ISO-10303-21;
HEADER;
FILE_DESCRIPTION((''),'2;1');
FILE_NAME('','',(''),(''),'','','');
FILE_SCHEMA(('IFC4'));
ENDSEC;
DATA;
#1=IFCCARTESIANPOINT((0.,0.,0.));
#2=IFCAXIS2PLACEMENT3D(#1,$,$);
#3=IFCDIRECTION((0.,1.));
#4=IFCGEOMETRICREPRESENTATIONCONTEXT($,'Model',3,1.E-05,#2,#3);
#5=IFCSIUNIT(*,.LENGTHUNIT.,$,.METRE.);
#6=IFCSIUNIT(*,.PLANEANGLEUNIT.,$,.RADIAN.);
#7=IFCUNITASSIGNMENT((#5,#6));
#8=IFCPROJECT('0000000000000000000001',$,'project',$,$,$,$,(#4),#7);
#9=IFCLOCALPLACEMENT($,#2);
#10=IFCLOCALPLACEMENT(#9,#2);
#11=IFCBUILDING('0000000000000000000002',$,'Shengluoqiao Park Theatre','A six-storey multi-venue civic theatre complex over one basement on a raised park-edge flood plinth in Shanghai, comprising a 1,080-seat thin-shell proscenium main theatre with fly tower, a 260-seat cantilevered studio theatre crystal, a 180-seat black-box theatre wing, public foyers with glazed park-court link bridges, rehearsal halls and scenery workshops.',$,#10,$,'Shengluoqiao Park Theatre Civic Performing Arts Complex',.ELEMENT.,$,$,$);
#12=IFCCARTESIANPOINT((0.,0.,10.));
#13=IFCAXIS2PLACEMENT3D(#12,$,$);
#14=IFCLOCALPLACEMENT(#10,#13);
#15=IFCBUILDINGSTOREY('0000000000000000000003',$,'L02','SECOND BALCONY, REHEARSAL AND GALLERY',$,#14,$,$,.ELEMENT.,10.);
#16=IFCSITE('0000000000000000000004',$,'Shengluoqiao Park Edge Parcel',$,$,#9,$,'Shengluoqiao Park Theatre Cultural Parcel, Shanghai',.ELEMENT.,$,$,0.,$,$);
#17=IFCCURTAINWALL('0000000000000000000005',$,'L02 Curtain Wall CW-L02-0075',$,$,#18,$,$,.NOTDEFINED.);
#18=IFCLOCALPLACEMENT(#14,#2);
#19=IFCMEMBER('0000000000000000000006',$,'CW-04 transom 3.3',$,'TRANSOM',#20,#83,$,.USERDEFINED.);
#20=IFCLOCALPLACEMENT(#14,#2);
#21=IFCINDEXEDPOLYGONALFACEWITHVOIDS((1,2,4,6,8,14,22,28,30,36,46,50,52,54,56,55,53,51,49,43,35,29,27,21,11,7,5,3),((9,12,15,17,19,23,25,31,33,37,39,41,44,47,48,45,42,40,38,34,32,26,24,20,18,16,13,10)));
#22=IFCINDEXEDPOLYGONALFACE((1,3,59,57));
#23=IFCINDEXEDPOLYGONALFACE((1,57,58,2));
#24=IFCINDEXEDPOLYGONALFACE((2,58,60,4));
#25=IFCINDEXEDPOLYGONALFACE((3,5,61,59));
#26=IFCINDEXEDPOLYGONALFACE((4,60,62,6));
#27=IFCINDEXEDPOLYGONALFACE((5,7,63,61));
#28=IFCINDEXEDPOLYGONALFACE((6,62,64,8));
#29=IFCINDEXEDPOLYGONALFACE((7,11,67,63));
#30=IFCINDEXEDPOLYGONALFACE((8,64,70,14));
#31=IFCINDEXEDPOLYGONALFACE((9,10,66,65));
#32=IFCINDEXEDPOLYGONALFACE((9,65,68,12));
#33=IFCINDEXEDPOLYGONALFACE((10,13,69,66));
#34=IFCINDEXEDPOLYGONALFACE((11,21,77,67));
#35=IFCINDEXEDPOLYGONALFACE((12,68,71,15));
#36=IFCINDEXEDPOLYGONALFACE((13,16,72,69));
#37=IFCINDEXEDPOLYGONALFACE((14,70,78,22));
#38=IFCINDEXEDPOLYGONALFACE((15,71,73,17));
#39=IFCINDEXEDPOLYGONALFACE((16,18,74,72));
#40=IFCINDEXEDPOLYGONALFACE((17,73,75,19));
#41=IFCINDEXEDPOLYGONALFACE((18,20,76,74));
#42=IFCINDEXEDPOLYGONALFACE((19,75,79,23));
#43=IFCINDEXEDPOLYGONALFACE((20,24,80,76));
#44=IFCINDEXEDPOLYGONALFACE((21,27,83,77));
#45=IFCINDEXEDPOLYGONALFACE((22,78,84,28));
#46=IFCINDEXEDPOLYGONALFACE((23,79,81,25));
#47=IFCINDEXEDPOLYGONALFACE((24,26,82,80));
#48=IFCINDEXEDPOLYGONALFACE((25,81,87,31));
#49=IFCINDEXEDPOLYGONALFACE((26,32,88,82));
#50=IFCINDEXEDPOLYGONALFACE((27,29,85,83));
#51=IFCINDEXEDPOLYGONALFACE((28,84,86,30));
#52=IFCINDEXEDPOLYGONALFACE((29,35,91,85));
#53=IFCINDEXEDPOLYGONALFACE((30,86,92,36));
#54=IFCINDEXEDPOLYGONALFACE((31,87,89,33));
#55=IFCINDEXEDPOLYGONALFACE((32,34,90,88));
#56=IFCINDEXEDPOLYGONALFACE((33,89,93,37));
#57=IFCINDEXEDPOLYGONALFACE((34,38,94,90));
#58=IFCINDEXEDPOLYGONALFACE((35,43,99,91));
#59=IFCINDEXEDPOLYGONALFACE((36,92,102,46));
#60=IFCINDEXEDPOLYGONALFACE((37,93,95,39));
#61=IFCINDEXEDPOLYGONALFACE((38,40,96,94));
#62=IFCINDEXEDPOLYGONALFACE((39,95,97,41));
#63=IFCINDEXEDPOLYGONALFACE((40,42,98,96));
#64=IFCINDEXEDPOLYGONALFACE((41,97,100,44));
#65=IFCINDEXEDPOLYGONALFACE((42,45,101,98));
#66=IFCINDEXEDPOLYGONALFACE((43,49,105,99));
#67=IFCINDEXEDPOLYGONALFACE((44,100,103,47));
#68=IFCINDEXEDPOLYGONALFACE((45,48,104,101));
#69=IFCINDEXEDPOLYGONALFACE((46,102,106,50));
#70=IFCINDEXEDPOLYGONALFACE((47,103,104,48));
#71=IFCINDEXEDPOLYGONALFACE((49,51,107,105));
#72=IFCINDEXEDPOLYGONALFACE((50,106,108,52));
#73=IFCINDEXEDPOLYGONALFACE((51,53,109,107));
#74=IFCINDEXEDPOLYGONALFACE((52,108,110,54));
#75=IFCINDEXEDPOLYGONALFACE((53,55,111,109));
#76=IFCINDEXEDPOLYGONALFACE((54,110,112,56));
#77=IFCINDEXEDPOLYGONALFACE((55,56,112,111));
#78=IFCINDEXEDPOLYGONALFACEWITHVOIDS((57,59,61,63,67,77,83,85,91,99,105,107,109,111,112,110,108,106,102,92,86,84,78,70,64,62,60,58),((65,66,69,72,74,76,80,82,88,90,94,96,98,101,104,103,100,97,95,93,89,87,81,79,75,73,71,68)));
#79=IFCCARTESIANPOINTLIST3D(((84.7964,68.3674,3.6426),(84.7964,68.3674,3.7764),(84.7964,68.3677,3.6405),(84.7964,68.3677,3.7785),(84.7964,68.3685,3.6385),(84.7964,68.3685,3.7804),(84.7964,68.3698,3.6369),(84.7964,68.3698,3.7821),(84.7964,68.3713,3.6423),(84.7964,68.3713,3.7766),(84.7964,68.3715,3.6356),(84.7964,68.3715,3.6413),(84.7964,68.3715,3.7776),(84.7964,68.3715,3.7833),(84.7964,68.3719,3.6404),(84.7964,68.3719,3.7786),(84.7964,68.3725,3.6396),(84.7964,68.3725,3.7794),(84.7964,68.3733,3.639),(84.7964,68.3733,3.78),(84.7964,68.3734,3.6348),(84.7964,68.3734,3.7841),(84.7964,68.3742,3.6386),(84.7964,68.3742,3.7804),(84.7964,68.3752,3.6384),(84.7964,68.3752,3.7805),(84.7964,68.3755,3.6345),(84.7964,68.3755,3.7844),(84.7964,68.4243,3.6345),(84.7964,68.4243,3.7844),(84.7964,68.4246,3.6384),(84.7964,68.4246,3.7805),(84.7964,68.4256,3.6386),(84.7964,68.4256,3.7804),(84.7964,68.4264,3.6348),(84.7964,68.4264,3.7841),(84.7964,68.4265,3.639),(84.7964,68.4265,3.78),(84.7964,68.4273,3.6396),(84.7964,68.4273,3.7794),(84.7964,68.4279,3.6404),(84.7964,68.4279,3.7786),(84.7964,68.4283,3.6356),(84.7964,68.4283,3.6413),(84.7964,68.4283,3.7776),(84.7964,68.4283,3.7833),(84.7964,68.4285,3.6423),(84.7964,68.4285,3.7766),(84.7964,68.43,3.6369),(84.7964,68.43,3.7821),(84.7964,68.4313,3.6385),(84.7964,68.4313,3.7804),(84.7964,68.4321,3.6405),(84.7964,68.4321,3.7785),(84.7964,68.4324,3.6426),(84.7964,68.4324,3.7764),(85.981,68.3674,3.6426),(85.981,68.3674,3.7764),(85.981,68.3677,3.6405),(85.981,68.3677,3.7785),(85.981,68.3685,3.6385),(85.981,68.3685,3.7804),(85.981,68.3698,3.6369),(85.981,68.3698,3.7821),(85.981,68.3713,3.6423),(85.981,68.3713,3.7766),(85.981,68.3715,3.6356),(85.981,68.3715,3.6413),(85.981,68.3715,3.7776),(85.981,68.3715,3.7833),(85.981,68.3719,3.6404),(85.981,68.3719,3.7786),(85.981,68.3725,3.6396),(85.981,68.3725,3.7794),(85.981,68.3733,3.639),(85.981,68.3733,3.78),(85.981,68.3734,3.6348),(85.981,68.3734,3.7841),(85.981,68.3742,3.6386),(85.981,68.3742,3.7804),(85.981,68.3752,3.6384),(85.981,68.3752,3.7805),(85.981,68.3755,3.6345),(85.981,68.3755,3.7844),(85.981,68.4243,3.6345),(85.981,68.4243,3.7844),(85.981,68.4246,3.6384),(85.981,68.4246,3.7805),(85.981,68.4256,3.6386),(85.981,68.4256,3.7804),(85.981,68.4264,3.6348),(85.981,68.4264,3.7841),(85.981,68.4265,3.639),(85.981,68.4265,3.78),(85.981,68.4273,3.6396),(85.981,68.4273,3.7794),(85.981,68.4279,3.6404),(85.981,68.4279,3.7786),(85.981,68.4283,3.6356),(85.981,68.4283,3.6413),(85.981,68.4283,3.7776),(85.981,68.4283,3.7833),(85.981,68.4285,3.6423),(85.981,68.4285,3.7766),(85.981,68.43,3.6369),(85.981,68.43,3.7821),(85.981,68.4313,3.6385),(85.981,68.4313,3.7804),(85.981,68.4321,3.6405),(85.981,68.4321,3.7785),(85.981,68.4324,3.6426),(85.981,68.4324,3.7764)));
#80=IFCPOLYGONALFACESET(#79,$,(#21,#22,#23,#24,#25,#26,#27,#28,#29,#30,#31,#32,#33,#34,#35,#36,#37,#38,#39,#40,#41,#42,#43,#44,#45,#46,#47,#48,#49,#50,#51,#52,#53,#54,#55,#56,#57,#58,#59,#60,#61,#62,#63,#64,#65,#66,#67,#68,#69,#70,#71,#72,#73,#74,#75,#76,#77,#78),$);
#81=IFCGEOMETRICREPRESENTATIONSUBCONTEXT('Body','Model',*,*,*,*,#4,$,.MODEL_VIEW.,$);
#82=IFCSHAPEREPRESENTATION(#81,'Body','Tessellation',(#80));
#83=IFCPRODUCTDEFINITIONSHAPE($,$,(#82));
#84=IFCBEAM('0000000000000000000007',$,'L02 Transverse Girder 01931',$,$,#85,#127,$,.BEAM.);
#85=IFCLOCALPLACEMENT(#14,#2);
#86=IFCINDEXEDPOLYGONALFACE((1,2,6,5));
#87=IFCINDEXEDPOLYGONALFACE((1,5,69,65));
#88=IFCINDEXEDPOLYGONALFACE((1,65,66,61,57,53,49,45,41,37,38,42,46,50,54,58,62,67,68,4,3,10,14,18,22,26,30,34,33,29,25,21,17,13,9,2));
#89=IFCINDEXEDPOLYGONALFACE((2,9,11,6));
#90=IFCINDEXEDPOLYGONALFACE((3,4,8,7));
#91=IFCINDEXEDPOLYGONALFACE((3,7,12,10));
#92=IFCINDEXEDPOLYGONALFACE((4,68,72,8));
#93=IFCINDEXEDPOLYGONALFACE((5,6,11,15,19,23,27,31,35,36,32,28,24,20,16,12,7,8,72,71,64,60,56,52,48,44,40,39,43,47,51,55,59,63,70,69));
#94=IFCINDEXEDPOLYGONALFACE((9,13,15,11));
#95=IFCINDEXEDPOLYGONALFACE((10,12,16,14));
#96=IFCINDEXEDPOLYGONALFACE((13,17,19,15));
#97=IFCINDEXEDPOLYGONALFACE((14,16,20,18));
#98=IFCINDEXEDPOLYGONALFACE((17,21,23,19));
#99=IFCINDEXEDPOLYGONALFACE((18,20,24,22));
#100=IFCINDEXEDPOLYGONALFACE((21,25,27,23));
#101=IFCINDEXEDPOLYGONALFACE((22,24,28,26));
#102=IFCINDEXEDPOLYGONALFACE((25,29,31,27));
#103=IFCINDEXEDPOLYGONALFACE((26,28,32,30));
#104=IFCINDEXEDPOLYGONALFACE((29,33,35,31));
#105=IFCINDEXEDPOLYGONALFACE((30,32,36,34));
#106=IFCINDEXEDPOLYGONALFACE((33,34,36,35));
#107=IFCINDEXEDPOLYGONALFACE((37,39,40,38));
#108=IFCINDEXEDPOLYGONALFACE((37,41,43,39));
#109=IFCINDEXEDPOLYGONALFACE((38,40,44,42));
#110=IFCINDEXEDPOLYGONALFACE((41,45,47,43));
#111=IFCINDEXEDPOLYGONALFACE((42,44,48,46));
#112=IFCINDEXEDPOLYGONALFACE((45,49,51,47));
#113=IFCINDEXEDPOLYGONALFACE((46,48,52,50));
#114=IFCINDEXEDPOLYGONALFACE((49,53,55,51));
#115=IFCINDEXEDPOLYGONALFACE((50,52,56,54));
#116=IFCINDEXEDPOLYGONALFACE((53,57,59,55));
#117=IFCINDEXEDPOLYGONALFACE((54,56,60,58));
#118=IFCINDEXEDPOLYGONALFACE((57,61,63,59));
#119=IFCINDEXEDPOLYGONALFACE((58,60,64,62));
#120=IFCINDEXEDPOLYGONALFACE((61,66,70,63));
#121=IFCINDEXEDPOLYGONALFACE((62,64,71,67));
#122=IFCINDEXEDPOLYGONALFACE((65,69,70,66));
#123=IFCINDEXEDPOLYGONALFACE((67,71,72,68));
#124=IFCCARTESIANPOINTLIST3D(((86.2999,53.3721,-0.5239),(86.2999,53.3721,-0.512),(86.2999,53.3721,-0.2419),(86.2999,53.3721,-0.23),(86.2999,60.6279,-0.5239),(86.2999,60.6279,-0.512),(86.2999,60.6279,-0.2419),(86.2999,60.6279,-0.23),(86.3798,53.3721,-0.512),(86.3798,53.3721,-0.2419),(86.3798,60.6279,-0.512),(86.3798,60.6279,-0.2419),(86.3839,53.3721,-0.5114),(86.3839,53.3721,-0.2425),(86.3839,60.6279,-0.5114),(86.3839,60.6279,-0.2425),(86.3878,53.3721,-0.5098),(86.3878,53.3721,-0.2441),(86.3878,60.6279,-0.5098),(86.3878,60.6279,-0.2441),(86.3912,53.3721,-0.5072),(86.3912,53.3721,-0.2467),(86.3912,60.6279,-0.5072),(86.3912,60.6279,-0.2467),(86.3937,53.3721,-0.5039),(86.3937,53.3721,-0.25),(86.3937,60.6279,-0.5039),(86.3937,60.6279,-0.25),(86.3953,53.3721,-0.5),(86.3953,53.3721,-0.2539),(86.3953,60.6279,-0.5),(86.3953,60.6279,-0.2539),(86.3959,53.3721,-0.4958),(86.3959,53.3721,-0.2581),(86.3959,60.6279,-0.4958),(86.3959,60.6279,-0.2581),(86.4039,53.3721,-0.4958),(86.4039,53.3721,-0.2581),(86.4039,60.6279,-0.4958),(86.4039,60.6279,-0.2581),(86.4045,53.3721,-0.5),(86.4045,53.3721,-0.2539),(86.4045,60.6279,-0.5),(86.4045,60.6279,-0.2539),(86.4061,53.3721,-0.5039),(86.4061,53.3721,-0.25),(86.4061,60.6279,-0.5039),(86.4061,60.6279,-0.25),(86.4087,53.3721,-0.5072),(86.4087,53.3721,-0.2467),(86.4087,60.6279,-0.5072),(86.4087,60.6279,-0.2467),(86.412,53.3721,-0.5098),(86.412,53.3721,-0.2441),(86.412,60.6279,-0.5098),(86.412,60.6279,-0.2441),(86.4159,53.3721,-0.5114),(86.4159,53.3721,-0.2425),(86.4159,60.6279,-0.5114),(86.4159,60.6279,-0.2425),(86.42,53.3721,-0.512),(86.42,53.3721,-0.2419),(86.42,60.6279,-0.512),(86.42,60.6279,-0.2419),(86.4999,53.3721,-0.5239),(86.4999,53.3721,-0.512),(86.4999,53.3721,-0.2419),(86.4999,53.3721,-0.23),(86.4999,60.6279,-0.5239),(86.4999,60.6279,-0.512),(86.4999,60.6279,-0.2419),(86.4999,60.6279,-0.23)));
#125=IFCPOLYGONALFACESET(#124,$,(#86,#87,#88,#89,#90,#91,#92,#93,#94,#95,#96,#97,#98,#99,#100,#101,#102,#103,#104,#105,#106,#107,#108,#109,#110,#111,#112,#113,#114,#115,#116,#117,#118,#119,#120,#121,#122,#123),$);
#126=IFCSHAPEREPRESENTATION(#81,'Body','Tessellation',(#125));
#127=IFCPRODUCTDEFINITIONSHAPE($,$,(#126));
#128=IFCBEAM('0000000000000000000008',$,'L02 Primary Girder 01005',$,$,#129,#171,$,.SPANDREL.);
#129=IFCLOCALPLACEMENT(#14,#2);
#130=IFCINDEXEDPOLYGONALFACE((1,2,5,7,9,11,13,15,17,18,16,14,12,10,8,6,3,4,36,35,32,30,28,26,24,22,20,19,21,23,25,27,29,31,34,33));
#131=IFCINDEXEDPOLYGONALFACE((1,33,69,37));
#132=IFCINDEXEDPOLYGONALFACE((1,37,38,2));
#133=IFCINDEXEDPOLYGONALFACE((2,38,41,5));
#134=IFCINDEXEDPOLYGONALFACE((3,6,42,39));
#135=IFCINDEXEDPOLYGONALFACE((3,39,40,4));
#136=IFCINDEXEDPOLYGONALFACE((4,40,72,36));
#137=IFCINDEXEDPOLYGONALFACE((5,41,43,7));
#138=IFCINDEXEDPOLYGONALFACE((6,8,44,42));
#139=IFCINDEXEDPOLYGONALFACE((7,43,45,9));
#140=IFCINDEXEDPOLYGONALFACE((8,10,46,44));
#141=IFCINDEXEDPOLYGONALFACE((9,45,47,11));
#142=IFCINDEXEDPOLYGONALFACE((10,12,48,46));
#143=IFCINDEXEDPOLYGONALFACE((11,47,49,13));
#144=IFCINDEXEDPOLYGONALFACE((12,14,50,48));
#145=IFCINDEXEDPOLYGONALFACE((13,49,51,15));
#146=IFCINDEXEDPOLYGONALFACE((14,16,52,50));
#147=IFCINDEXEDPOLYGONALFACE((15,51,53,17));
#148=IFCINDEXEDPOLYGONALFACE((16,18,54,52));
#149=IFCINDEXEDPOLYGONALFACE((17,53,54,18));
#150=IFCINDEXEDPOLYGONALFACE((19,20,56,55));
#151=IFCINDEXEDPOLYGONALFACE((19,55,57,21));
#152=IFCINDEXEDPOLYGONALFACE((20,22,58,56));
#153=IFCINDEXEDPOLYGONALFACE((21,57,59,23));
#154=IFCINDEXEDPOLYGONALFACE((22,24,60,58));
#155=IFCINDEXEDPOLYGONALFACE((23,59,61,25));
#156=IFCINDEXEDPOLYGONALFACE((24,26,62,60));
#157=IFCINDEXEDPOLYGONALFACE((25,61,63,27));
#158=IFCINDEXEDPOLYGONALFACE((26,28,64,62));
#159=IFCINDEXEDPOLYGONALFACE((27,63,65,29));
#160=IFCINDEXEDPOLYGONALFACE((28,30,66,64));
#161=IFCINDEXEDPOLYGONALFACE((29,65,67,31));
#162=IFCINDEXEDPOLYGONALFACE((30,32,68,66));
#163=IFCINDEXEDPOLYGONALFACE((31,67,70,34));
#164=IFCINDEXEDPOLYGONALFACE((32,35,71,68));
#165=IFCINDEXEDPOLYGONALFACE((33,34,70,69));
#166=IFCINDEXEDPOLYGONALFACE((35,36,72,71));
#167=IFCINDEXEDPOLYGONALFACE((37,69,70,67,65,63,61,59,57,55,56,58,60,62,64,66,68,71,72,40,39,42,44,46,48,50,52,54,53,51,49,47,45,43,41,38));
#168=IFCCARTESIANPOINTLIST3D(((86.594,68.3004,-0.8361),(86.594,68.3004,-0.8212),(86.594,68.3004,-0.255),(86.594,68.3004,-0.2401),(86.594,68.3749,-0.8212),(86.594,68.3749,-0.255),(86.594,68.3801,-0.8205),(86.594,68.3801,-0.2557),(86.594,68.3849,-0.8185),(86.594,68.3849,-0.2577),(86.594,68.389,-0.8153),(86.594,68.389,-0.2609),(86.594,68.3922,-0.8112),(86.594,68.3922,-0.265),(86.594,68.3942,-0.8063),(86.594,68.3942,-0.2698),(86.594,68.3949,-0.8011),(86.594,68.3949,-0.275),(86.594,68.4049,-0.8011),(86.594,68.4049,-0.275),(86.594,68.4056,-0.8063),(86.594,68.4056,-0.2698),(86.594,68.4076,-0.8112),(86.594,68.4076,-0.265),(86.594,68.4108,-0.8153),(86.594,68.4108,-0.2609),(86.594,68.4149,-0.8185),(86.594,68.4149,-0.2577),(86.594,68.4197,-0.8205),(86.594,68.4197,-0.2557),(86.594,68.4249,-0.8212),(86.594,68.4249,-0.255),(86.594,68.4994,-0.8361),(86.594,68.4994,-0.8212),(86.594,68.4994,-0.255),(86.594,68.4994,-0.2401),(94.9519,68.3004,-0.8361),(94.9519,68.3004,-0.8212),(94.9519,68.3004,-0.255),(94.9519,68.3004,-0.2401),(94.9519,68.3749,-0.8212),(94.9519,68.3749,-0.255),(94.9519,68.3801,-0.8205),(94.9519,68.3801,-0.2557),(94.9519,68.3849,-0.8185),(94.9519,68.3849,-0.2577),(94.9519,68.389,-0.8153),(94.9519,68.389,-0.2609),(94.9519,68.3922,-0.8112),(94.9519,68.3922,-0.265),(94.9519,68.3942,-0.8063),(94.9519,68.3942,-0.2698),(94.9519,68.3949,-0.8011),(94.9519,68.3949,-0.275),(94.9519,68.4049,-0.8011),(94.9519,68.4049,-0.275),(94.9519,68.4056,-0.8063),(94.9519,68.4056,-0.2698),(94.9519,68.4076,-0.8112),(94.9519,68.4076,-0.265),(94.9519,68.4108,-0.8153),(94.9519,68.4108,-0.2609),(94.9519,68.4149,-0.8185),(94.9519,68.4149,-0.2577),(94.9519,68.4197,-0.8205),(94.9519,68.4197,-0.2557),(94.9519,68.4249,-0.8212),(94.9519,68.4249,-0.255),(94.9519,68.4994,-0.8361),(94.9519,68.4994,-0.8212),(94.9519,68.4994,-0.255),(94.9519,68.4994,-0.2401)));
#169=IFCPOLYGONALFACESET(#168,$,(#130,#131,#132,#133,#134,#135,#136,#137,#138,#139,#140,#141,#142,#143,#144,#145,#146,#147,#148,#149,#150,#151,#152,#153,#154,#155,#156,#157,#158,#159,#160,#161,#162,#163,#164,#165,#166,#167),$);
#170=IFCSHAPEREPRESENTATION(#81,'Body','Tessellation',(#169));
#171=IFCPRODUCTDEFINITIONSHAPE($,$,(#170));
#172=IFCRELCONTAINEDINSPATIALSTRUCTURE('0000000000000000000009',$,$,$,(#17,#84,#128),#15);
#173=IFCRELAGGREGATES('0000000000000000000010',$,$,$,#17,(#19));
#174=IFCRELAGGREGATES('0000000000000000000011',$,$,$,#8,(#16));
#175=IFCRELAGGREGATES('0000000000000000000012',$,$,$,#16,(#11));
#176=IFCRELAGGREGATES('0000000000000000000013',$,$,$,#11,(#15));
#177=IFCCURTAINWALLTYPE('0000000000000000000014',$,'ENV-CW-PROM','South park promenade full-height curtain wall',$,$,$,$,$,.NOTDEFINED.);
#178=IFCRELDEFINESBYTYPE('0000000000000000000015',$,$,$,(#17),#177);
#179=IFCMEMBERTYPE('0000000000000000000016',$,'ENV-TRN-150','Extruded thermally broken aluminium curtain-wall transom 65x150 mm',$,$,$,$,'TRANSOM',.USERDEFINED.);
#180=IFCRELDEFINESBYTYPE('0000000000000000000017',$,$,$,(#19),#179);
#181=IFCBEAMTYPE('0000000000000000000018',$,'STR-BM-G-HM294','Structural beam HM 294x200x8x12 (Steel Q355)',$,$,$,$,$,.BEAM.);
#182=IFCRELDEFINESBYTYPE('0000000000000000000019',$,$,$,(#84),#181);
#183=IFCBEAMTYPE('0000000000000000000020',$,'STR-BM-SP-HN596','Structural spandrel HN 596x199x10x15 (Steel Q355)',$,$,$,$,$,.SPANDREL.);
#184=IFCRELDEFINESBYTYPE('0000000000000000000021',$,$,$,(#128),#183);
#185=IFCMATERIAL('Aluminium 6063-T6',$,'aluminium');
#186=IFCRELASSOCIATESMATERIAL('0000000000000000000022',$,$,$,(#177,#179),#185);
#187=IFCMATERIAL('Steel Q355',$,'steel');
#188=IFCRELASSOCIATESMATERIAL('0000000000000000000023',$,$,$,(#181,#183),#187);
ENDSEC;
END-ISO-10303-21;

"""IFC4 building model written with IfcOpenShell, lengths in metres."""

from ifc_helpers import new_model, si_unit, direction, frame, origin, origin_2d, place, context, subcontext, project, spatial, hollow_rectangle, i_section, extrude, material, material_profile, profile_set, type_object, element, aggregate, save


model = new_model("IFC4")

# Units and contexts
model_context = context("Model", 3, precision=1e-05, world=origin(), true_north=direction((0.0, 1.0)))
body_context = subcontext(model_context, "Body", "Model", "MODEL_VIEW")
ifc_project = project(units=[si_unit("LENGTHUNIT", "METRE"), si_unit("PLANEANGLEUNIT", "RADIAN")], contexts=[model_context])

# Site, building, storey
site_placement = place(None, origin())
site = spatial("IfcSite", under=ifc_project, at=site_placement, Name="Shengluoqiao Park Edge Parcel", LongName="Shengluoqiao Park Theatre Cultural Parcel, Shanghai", CompositionType="ELEMENT", RefElevation=0.0)
building_placement = place(site_placement, origin())
building = spatial("IfcBuilding", under=site, at=building_placement, Name="Shengluoqiao Park Theatre", Description="A six-storey multi-venue civic theatre complex over one basement on a raised park-edge flood plinth in Shanghai, comprising a 1,080-seat thin-shell proscenium main theatre with fly tower, a 260-seat cantilevered studio theatre crystal, a 180-seat black-box theatre wing, public foyers with glazed park-court link bridges, rehearsal halls and scenery workshops.", LongName="Shengluoqiao Park Theatre Civic Performing Arts Complex", CompositionType="ELEMENT")
storey_placement = place(building_placement, frame((0.0, 0.0, 10.0)))
storey = spatial("IfcBuildingStorey", under=building, at=storey_placement, Name="L02", Description="SECOND BALCONY, REHEARSAL AND GALLERY", CompositionType="ELEMENT", Elevation=10.0)

# Curtain wall
ifc_material_1 = material(Name="Aluminium 6063-T6", Category="aluminium")
curtain_wall_type_1 = type_object("IfcCurtainWallType", Name="ENV-CW-PROM", Description="South park promenade full-height curtain wall", PredefinedType="NOTDEFINED", material=ifc_material_1)
curtain_wall_1_placement = place(storey_placement, origin())
curtain_wall_1 = element("IfcCurtainWall", 1, at=curtain_wall_1_placement, inside=storey, type_object=curtain_wall_type_1, Name="L02 Curtain Wall CW-L02-0075", PredefinedType="NOTDEFINED")

# Member
ifc_material_profile_1 = material_profile(ifc_material_1, hollow_rectangle(XDim=0.0649, YDim=0.1499, WallThickness=0.0039, InnerFilletRadius=0.0039, OuterFilletRadius=0.0081, at=origin_2d()), Name="ALU TRANSOM 150x65x4")
ifc_profile_set_1 = profile_set([ifc_material_profile_1], Name="Aluminium 6063-T6")
member_type_1 = type_object("IfcMemberType", Name="ENV-TRN-150", Description="Extruded thermally broken aluminium curtain-wall transom 65x150 mm", ElementType="TRANSOM", PredefinedType="USERDEFINED", material=ifc_profile_set_1)
member_1_placement = place(storey_placement, frame((84.7964, 68.3999, 3.7095), z_axis=(1.0, 0.0, 0.0), x_axis=(0.0, 1.0, 0.0)))
member_1 = element("IfcMember", 2, at=member_1_placement, type_object=member_type_1, Name="CW-04 transom 3.3", ObjectType="TRANSOM", PredefinedType="USERDEFINED", context=body_context, shape_type="SweptSolid", body=[
    extrude(hollow_rectangle(XDim=0.0649, YDim=0.1499, WallThickness=0.0039, InnerFilletRadius=0.0039, OuterFilletRadius=0.0081, at=origin_2d()), origin(), (0.0, 0.0, 1.0), 1.1846),
])

# Beams
ifc_material_2 = material(Name="Steel Q355", Category="steel")
ifc_material_profile_2 = material_profile(ifc_material_2, i_section(OverallWidth=0.2, OverallDepth=0.2939, WebThickness=0.0081, FlangeThickness=0.012, FilletRadius=0.0161, at=origin_2d()), Name="HM 294x200x8x12")
ifc_profile_set_2 = profile_set([ifc_material_profile_2], Name="Steel Q355")
beam_type_1 = type_object("IfcBeamType", Name="STR-BM-G-HM294", Description="Structural beam HM 294x200x8x12 (Steel Q355)", PredefinedType="BEAM", material=ifc_profile_set_2)
beam_1_placement = place(storey_placement, frame((86.3999, 53.3721, -0.377), z_axis=(0.0, 1.0, 0.0), x_axis=(-1.0, 0.0, 0.0)))
element("IfcBeam", 3, at=beam_1_placement, inside=storey, type_object=beam_type_1, Name="L02 Transverse Girder 01931", PredefinedType="BEAM", context=body_context, shape_type="SweptSolid", body=[
    extrude(i_section(OverallWidth=0.2, OverallDepth=0.2939, WebThickness=0.0081, FlangeThickness=0.012, FilletRadius=0.0161, at=origin_2d()), origin(), (0.0, 0.0, 1.0), 7.2559),
])
ifc_material_profile_3 = material_profile(ifc_material_2, i_section(OverallWidth=0.199, OverallDepth=0.5959, WebThickness=0.01, FlangeThickness=0.0149, FilletRadius=0.02, at=origin_2d()), Name="HN 596x199x10x15")
ifc_profile_set_3 = profile_set([ifc_material_profile_3], Name="Steel Q355")
beam_type_2 = type_object("IfcBeamType", Name="STR-BM-SP-HN596", Description="Structural spandrel HN 596x199x10x15 (Steel Q355)", PredefinedType="SPANDREL", material=ifc_profile_set_3)
beam_2_placement = place(storey_placement, frame((86.594, 68.3999, -0.5381), z_axis=(1.0, 0.0, 0.0), x_axis=(0.0, 1.0, 0.0)))
element("IfcBeam", 4, at=beam_2_placement, inside=storey, type_object=beam_type_2, Name="L02 Primary Girder 01005", PredefinedType="SPANDREL", context=body_context, shape_type="SweptSolid", body=[
    extrude(i_section(OverallWidth=0.199, OverallDepth=0.5959, WebThickness=0.01, FlangeThickness=0.0149, FilletRadius=0.02, at=origin_2d()), origin(), (0.0, 0.0, 1.0), 8.3579),
])

aggregate(curtain_wall_1, [member_1])

save(model, "model.ifc")
